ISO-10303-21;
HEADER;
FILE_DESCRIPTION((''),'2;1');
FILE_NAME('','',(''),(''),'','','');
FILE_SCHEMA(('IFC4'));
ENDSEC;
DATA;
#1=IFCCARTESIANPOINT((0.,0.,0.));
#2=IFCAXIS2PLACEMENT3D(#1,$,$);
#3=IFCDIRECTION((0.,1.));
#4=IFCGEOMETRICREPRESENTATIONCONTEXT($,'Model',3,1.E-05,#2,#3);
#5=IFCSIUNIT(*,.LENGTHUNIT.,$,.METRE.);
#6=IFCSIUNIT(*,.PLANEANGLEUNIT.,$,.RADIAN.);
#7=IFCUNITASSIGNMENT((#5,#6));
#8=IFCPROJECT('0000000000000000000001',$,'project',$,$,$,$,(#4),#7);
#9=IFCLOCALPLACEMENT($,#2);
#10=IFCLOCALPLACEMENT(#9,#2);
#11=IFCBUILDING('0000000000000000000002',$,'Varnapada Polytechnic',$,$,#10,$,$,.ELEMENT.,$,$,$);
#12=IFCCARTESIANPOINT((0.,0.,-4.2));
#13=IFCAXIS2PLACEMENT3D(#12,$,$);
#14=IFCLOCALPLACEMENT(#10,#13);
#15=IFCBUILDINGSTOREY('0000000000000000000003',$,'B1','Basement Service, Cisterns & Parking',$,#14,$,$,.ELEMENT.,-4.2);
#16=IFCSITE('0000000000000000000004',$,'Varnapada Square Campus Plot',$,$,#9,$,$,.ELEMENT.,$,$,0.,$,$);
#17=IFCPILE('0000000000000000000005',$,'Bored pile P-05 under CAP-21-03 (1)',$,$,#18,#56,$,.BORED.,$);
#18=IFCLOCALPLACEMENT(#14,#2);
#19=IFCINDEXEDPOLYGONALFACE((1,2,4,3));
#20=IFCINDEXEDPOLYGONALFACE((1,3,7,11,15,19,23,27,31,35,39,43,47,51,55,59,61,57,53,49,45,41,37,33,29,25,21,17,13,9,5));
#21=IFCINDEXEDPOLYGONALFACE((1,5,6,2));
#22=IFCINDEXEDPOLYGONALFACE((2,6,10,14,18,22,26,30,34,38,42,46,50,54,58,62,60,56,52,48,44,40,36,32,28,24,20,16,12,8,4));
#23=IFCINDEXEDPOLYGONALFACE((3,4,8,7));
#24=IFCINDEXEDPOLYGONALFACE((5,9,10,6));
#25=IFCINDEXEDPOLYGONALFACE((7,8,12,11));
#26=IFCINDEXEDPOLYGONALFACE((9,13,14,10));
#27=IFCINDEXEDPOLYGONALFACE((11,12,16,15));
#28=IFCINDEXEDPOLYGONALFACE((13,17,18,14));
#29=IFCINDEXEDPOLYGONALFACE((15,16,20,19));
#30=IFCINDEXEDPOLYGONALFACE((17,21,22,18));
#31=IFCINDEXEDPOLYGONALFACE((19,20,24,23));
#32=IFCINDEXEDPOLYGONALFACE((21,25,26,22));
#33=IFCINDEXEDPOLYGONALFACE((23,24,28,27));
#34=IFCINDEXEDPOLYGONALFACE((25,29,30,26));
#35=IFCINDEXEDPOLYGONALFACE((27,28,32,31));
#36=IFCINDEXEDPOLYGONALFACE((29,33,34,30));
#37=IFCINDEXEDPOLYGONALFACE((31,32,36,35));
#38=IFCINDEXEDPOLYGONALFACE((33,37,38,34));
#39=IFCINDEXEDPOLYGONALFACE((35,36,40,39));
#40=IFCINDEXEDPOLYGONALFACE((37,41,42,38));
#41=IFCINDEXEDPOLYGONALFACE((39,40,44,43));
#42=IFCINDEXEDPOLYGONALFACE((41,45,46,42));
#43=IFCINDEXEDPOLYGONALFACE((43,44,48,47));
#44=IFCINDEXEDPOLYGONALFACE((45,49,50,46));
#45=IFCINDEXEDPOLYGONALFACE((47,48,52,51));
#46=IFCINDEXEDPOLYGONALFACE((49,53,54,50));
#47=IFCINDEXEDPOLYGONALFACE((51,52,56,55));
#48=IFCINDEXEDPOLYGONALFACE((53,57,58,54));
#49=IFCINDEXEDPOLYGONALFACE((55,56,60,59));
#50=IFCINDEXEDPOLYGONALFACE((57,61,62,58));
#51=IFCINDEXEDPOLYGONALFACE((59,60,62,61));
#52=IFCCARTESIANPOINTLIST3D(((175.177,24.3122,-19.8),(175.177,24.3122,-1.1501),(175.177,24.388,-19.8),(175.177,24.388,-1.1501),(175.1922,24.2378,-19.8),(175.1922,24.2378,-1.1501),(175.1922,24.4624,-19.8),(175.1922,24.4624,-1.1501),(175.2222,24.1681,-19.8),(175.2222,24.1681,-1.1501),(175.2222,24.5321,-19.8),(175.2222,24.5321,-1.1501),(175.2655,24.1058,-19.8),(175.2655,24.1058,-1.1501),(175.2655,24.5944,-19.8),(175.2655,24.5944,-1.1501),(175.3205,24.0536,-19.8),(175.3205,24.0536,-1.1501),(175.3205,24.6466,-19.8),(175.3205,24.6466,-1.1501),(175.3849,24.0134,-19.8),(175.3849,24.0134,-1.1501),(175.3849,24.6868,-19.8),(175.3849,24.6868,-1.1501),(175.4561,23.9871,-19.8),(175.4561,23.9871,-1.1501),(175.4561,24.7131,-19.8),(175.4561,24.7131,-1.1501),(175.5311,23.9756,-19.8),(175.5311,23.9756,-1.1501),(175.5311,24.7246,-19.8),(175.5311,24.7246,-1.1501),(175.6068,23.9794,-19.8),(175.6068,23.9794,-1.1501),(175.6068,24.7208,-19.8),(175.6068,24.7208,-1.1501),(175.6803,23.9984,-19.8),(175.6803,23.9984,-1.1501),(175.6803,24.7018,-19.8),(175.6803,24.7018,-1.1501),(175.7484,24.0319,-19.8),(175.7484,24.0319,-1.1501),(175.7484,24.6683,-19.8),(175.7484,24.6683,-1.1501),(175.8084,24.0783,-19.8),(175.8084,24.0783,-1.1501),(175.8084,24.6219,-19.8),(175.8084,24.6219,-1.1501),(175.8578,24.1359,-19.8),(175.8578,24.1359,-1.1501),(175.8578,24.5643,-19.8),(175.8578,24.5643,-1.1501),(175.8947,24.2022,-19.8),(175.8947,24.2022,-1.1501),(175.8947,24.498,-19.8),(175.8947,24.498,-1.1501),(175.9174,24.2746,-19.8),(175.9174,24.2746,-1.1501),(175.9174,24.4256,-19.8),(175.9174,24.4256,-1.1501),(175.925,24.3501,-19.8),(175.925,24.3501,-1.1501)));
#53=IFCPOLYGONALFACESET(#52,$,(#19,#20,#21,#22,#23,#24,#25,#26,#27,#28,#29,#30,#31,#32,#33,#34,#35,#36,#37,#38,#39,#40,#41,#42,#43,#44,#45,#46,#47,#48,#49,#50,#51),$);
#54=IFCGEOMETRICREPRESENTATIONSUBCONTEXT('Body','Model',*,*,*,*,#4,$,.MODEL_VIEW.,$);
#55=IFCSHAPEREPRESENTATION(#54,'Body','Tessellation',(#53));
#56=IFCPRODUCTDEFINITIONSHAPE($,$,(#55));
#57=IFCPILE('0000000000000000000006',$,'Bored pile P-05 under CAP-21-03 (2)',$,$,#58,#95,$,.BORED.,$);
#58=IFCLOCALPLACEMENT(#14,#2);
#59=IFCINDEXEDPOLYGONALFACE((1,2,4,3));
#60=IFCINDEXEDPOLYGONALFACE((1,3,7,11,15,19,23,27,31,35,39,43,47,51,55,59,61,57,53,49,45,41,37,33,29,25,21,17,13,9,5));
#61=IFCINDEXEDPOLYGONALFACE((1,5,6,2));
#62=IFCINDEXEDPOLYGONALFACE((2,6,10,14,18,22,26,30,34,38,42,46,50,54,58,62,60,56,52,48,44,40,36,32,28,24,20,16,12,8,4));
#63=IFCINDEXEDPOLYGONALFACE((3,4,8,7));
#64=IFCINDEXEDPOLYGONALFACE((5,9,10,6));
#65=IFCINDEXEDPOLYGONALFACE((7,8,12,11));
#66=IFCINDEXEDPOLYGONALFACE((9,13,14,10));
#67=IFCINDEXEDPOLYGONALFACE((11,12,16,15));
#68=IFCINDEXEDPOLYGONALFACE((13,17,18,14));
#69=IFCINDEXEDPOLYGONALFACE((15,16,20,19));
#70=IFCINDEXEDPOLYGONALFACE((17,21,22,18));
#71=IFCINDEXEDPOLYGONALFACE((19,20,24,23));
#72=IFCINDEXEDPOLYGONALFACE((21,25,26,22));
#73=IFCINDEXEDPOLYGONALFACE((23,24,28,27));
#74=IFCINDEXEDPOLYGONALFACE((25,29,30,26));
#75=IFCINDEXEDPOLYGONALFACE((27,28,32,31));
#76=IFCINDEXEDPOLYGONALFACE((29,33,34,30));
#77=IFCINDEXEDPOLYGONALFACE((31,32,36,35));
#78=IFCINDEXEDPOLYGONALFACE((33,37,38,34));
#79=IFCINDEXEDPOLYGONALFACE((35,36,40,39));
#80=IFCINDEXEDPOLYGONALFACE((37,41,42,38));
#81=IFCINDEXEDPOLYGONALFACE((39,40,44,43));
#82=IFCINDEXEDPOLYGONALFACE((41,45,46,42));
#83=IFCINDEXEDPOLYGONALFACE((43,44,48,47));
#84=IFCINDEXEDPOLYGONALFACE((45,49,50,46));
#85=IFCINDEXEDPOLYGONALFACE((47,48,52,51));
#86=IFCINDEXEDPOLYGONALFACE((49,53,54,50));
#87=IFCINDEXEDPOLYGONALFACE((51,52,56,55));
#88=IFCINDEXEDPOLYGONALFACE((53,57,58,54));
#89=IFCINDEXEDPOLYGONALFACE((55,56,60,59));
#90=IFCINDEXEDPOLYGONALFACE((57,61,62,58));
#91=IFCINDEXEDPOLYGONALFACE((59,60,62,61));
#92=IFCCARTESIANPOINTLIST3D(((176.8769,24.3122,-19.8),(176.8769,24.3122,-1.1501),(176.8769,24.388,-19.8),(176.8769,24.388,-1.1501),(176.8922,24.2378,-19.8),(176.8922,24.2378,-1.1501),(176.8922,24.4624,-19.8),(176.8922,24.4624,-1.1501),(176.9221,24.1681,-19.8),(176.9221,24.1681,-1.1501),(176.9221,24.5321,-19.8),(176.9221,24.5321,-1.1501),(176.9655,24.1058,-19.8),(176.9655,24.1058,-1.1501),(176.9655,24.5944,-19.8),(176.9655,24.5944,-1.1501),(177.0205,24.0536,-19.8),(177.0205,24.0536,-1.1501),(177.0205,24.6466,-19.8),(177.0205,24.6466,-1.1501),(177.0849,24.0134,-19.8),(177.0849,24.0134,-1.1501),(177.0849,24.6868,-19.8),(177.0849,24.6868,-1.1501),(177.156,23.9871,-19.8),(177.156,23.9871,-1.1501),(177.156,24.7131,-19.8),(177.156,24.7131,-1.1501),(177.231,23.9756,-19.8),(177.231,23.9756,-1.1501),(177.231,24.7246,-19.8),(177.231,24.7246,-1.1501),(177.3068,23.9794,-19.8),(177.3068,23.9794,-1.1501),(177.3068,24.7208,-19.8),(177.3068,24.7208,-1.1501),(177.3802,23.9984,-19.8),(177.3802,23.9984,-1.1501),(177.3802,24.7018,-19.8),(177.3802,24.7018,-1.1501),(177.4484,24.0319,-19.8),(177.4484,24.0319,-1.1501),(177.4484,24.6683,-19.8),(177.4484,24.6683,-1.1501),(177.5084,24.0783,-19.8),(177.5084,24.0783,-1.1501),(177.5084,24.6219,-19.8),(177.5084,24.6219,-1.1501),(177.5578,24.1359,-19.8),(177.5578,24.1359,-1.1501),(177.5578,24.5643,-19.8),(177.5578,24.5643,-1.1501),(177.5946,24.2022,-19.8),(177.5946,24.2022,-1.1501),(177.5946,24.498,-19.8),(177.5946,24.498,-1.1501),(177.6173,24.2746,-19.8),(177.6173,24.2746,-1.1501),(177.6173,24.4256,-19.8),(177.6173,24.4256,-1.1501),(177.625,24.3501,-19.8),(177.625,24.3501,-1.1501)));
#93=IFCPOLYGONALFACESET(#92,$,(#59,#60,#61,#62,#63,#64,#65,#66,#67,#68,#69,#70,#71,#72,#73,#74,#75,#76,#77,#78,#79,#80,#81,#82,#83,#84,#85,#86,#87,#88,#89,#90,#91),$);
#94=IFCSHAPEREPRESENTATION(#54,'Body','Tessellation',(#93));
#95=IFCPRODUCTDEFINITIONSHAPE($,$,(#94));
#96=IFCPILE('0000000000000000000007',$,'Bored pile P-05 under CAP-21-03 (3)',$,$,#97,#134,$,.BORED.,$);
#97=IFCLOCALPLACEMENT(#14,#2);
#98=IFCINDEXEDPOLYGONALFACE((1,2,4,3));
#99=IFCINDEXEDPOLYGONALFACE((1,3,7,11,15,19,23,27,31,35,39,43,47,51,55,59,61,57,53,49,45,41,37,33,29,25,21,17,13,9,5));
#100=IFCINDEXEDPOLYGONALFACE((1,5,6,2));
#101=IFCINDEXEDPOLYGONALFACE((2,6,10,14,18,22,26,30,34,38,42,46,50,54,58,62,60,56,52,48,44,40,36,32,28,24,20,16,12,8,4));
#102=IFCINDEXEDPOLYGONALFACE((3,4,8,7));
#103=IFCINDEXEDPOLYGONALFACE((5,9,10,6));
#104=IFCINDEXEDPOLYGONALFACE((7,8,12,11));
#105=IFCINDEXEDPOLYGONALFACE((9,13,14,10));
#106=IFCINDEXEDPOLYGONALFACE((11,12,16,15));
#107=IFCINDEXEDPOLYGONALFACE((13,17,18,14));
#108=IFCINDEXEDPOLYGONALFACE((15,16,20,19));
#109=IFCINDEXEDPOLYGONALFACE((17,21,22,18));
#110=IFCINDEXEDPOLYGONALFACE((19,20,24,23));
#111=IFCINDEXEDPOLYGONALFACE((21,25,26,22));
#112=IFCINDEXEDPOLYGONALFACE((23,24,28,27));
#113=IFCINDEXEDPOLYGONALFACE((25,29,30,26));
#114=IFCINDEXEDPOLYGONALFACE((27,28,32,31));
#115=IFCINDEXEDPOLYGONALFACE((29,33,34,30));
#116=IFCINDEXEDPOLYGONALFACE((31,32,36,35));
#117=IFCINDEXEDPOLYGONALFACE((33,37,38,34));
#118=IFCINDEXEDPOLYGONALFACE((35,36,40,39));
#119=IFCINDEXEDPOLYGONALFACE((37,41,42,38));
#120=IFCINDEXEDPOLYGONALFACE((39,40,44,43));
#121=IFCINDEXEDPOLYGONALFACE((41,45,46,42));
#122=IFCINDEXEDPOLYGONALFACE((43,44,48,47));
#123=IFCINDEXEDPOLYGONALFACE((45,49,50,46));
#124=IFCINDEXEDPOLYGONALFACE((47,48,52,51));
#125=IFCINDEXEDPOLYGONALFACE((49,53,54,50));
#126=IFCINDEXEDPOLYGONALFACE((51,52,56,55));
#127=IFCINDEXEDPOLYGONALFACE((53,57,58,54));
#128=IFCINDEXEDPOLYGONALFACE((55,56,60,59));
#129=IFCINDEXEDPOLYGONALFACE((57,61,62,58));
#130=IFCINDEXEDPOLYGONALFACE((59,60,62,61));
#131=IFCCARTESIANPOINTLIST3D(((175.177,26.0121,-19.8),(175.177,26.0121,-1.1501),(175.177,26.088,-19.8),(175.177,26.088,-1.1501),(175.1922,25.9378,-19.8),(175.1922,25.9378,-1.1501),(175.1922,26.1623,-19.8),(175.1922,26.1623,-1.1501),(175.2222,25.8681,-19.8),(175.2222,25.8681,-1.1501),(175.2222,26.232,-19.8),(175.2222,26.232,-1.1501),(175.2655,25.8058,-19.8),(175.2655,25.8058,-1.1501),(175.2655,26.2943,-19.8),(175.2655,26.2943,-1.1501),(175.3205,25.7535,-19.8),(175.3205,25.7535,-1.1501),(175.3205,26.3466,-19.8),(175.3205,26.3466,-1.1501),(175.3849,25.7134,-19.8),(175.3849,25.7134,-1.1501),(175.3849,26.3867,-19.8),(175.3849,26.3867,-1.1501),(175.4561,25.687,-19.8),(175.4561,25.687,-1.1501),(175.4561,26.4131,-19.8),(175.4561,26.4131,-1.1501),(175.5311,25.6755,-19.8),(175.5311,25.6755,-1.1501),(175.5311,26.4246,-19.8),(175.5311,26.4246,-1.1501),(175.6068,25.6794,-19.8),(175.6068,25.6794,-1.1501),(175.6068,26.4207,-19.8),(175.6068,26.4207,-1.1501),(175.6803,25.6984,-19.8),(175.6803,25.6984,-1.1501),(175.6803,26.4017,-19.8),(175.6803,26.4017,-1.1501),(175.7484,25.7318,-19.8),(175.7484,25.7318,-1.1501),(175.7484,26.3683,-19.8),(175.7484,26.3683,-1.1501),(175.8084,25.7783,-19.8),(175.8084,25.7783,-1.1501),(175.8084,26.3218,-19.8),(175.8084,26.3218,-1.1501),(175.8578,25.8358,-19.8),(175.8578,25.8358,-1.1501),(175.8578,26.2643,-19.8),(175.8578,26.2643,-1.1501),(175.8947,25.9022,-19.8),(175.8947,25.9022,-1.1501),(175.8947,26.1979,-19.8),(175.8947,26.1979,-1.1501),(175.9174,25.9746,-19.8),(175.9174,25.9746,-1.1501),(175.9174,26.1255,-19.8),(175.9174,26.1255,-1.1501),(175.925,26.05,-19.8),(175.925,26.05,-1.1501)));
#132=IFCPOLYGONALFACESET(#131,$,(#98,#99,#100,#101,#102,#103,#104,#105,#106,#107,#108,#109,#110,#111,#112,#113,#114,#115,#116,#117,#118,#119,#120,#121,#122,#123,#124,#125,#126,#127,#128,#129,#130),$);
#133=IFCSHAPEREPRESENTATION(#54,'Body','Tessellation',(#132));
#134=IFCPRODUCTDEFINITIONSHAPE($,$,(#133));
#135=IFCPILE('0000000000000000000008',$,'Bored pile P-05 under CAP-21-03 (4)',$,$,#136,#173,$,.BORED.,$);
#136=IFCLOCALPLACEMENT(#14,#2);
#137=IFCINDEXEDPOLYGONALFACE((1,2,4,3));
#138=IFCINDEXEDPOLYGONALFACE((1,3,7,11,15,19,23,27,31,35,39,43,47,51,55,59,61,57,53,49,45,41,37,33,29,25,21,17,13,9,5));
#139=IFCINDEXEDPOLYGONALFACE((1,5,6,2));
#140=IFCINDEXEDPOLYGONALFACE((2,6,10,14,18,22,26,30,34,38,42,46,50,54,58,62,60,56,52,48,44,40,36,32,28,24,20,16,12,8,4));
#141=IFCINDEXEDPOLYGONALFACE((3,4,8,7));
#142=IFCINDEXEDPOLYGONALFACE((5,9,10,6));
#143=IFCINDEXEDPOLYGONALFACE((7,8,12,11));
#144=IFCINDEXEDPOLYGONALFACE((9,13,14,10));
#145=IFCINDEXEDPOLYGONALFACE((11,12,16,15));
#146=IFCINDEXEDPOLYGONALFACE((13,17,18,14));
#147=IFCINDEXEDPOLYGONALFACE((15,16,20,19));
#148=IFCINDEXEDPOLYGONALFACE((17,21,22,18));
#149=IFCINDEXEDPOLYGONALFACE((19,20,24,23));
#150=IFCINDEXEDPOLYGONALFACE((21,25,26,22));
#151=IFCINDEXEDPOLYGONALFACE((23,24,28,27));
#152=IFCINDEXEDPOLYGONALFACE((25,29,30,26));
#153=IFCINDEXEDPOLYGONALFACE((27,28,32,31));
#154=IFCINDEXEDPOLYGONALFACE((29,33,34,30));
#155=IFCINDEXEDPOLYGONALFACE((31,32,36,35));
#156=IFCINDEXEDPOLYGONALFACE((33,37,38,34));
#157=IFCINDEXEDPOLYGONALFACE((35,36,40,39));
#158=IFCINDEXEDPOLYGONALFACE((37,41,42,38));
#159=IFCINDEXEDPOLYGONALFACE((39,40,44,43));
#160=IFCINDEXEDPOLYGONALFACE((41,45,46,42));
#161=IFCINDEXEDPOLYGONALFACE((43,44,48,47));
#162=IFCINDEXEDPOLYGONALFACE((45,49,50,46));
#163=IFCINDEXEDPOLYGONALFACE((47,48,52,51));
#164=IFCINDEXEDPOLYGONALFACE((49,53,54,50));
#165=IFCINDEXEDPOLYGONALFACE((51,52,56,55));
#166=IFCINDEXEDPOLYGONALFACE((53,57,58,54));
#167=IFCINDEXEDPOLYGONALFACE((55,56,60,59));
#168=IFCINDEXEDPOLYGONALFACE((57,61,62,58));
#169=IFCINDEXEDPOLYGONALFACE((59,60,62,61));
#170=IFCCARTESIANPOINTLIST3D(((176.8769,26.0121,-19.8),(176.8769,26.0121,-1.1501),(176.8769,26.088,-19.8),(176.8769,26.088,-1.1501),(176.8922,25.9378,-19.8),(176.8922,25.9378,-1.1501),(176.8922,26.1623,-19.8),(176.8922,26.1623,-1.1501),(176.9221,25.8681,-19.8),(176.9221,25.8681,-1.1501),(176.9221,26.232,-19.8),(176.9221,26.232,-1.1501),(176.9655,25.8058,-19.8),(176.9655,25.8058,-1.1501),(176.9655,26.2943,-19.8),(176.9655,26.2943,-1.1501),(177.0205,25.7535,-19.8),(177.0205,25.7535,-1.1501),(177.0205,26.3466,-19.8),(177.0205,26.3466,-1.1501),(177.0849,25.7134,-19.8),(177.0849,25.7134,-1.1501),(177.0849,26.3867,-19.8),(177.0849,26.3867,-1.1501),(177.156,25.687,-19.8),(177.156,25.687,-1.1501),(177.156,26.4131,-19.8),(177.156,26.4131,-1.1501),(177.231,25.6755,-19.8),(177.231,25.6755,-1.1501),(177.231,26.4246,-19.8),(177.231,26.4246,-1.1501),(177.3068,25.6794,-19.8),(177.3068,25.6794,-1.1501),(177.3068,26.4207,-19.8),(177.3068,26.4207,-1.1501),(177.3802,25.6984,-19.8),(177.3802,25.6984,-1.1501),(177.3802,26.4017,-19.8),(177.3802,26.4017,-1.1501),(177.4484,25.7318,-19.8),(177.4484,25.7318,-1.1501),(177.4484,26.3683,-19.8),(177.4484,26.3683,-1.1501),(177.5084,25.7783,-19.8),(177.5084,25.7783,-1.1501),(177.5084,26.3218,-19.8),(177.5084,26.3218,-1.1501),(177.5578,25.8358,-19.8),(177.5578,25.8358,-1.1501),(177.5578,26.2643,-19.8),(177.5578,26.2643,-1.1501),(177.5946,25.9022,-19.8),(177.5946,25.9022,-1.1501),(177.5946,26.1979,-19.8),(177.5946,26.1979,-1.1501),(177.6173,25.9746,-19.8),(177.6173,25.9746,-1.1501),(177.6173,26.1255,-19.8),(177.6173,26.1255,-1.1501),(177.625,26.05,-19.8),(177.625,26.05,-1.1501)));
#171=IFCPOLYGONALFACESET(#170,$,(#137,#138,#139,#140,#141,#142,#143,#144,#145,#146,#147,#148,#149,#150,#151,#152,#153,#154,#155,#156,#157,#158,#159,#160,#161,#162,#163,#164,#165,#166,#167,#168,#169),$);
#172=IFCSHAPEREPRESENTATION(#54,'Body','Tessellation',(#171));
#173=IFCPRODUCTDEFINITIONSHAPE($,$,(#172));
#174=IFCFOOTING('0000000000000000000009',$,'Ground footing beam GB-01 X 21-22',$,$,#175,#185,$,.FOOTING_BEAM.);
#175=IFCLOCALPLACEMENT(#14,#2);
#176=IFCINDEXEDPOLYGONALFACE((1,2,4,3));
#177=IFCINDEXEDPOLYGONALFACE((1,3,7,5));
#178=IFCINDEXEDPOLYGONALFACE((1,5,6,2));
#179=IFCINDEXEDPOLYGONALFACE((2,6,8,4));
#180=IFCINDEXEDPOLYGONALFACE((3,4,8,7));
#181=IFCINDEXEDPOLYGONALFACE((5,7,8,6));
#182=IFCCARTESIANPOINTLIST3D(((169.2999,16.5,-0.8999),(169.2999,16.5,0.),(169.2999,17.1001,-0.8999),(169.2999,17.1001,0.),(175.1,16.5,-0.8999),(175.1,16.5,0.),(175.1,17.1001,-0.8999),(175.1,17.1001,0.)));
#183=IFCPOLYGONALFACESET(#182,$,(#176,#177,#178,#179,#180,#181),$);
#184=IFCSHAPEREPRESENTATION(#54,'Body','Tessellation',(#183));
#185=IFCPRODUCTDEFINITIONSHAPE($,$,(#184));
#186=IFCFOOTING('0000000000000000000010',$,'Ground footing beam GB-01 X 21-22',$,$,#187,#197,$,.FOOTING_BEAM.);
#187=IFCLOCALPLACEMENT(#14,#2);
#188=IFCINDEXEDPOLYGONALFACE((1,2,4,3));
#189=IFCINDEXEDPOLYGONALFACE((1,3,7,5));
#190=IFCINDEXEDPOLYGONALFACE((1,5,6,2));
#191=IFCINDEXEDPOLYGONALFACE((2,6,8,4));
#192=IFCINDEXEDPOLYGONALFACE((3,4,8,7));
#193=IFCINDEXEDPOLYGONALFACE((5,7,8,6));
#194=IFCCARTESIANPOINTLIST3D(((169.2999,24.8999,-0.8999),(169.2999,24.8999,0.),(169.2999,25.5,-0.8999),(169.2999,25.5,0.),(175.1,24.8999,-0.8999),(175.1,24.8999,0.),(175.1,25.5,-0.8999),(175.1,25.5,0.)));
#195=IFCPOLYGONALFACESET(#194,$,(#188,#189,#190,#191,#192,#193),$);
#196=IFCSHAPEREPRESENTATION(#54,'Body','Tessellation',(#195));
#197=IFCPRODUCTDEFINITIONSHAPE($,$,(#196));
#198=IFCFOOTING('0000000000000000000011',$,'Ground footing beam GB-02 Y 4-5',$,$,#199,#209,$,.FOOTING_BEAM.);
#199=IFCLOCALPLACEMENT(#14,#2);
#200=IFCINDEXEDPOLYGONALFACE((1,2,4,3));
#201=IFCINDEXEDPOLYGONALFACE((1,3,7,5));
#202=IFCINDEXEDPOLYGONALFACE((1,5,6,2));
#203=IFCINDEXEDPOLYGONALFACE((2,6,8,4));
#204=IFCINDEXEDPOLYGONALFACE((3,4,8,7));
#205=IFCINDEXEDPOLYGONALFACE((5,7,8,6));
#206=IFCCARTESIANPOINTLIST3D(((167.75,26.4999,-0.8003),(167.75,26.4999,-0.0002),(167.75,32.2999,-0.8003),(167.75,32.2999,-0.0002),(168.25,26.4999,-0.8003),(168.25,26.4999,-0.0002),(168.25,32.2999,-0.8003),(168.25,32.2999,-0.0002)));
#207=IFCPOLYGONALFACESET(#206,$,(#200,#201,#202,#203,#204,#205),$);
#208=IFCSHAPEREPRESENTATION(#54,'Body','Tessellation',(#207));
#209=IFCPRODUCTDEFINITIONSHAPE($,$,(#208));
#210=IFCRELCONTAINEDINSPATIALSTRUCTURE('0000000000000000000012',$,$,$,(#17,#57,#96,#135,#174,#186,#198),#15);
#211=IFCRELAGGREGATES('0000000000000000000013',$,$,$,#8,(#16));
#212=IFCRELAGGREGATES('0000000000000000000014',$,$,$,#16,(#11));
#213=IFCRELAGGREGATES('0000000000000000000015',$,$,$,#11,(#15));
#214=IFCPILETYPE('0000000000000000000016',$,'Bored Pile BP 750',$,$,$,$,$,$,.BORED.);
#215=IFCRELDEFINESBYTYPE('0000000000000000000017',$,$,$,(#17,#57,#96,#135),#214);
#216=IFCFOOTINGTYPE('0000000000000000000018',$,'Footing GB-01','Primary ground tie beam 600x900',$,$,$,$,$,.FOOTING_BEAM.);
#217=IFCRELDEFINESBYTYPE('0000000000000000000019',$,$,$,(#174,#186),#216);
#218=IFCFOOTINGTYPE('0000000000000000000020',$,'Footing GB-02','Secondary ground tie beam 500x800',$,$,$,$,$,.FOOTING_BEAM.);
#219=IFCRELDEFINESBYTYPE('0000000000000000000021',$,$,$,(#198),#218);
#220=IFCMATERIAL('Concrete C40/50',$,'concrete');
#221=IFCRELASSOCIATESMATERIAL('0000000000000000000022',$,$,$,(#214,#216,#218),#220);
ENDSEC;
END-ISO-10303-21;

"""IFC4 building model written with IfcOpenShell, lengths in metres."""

from ifc_helpers import new_model, si_unit, direction, frame, origin, origin_2d, place, context, subcontext, project, spatial, rectangle, circle, extrude, material, material_profile, profile_set, type_object, element, save


model = new_model("IFC4")

# Units and contexts
model_context = context("Model", 3, precision=1e-05, world=origin(), true_north=direction((0.0, 1.0)))
body_context = subcontext(model_context, "Body", "Model", "MODEL_VIEW")
ifc_project = project(units=[si_unit("LENGTHUNIT", "METRE"), si_unit("PLANEANGLEUNIT", "RADIAN")], contexts=[model_context])

# Site, building, storey
site_placement = place(None, origin())
site = spatial("IfcSite", under=ifc_project, at=site_placement, Name="Varnapada Square Campus Plot", CompositionType="ELEMENT", RefElevation=0.0)
building_placement = place(site_placement, origin())
building = spatial("IfcBuilding", under=site, at=building_placement, Name="Varnapada Polytechnic", CompositionType="ELEMENT")
storey_placement = place(building_placement, frame((0.0, 0.0, -4.2)))
storey = spatial("IfcBuildingStorey", under=building, at=storey_placement, Name="B1", Description="Basement Service, Cisterns & Parking", CompositionType="ELEMENT", Elevation=-4.2)

# Piles
ifc_material_1 = material(Name="Concrete C40/50", Category="concrete")
ifc_material_profile_1 = material_profile(ifc_material_1, circle(Radius=0.375, at=origin_2d()), Name="BP 750")
ifc_profile_set_1 = profile_set([ifc_material_profile_1], Name="Concrete C40/50")
pile_type = type_object("IfcPileType", Name="Bored Pile BP 750", PredefinedType="BORED", material=ifc_profile_set_1)
for number, where, z_axis, x_axis, name in (
    (1, (175.55, 24.3501, -1.1501), (0.0, 0.0, -1.0), (1.0, 0.0, 0.0), "Bored pile P-05 under CAP-21-03 (1)"),
    (2, (177.25, 24.3501, -1.1501), (0.0, 0.0, -1.0), (1.0, 0.0, 0.0), "Bored pile P-05 under CAP-21-03 (2)"),
    (3, (175.55, 26.05, -1.1501), (0.0, 0.0, -1.0), (1.0, 0.0, 0.0), "Bored pile P-05 under CAP-21-03 (3)"),
    (4, (177.25, 26.05, -1.1501), (0.0, 0.0, -1.0), (1.0, 0.0, 0.0), "Bored pile P-05 under CAP-21-03 (4)"),
):
    element("IfcPile", number, at=place(storey_placement, frame(where, z_axis=z_axis, x_axis=x_axis)), inside=storey, type_object=pile_type, Name=name, PredefinedType="BORED", context=body_context, shape_type="SweptSolid", body=[
        extrude(circle(Radius=0.375, at=origin_2d()), origin(), (0.0, 0.0, 1.0), 18.6499),
    ])

# Footings
footing_type_1 = type_object("IfcFootingType", Name="Footing GB-01", Description="Primary ground tie beam 600x900", PredefinedType="FOOTING_BEAM", material=ifc_material_1)
for number, where, z_axis, x_axis, name in (
    (5, (172.2, 16.8, -0.8999), (0.0, 0.0, 1.0), (1.0, 0.0, 0.0), "Ground footing beam GB-01 X 21-22"),
    (6, (172.2, 25.2, -0.8999), (0.0, 0.0, 1.0), (1.0, 0.0, 0.0), "Ground footing beam GB-01 X 21-22"),
):
    element("IfcFooting", number, at=place(storey_placement, frame(where, z_axis=z_axis, x_axis=x_axis)), inside=storey, type_object=footing_type_1, Name=name, PredefinedType="FOOTING_BEAM", context=body_context, shape_type="SweptSolid", body=[
        extrude(rectangle(XDim=5.8, YDim=0.6001, at=origin_2d()), origin(), (0.0, 0.0, 1.0), 0.8999),
    ])
footing_type_2 = type_object("IfcFootingType", Name="Footing GB-02", Description="Secondary ground tie beam 500x800", PredefinedType="FOOTING_BEAM", material=ifc_material_1)
footing_1_placement = place(storey_placement, frame((168.0, 29.3999, -0.8003), z_axis=(0.0, 0.0, 1.0), x_axis=(0.0, 1.0, 0.0)))
element("IfcFooting", 7, at=footing_1_placement, inside=storey, type_object=footing_type_2, Name="Ground footing beam GB-02 Y 4-5", PredefinedType="FOOTING_BEAM", context=body_context, shape_type="SweptSolid", body=[
    extrude(rectangle(XDim=5.8, YDim=0.5, at=origin_2d()), origin(), (0.0, 0.0, 1.0), 0.8),
])

save(model, "model.ifc")
